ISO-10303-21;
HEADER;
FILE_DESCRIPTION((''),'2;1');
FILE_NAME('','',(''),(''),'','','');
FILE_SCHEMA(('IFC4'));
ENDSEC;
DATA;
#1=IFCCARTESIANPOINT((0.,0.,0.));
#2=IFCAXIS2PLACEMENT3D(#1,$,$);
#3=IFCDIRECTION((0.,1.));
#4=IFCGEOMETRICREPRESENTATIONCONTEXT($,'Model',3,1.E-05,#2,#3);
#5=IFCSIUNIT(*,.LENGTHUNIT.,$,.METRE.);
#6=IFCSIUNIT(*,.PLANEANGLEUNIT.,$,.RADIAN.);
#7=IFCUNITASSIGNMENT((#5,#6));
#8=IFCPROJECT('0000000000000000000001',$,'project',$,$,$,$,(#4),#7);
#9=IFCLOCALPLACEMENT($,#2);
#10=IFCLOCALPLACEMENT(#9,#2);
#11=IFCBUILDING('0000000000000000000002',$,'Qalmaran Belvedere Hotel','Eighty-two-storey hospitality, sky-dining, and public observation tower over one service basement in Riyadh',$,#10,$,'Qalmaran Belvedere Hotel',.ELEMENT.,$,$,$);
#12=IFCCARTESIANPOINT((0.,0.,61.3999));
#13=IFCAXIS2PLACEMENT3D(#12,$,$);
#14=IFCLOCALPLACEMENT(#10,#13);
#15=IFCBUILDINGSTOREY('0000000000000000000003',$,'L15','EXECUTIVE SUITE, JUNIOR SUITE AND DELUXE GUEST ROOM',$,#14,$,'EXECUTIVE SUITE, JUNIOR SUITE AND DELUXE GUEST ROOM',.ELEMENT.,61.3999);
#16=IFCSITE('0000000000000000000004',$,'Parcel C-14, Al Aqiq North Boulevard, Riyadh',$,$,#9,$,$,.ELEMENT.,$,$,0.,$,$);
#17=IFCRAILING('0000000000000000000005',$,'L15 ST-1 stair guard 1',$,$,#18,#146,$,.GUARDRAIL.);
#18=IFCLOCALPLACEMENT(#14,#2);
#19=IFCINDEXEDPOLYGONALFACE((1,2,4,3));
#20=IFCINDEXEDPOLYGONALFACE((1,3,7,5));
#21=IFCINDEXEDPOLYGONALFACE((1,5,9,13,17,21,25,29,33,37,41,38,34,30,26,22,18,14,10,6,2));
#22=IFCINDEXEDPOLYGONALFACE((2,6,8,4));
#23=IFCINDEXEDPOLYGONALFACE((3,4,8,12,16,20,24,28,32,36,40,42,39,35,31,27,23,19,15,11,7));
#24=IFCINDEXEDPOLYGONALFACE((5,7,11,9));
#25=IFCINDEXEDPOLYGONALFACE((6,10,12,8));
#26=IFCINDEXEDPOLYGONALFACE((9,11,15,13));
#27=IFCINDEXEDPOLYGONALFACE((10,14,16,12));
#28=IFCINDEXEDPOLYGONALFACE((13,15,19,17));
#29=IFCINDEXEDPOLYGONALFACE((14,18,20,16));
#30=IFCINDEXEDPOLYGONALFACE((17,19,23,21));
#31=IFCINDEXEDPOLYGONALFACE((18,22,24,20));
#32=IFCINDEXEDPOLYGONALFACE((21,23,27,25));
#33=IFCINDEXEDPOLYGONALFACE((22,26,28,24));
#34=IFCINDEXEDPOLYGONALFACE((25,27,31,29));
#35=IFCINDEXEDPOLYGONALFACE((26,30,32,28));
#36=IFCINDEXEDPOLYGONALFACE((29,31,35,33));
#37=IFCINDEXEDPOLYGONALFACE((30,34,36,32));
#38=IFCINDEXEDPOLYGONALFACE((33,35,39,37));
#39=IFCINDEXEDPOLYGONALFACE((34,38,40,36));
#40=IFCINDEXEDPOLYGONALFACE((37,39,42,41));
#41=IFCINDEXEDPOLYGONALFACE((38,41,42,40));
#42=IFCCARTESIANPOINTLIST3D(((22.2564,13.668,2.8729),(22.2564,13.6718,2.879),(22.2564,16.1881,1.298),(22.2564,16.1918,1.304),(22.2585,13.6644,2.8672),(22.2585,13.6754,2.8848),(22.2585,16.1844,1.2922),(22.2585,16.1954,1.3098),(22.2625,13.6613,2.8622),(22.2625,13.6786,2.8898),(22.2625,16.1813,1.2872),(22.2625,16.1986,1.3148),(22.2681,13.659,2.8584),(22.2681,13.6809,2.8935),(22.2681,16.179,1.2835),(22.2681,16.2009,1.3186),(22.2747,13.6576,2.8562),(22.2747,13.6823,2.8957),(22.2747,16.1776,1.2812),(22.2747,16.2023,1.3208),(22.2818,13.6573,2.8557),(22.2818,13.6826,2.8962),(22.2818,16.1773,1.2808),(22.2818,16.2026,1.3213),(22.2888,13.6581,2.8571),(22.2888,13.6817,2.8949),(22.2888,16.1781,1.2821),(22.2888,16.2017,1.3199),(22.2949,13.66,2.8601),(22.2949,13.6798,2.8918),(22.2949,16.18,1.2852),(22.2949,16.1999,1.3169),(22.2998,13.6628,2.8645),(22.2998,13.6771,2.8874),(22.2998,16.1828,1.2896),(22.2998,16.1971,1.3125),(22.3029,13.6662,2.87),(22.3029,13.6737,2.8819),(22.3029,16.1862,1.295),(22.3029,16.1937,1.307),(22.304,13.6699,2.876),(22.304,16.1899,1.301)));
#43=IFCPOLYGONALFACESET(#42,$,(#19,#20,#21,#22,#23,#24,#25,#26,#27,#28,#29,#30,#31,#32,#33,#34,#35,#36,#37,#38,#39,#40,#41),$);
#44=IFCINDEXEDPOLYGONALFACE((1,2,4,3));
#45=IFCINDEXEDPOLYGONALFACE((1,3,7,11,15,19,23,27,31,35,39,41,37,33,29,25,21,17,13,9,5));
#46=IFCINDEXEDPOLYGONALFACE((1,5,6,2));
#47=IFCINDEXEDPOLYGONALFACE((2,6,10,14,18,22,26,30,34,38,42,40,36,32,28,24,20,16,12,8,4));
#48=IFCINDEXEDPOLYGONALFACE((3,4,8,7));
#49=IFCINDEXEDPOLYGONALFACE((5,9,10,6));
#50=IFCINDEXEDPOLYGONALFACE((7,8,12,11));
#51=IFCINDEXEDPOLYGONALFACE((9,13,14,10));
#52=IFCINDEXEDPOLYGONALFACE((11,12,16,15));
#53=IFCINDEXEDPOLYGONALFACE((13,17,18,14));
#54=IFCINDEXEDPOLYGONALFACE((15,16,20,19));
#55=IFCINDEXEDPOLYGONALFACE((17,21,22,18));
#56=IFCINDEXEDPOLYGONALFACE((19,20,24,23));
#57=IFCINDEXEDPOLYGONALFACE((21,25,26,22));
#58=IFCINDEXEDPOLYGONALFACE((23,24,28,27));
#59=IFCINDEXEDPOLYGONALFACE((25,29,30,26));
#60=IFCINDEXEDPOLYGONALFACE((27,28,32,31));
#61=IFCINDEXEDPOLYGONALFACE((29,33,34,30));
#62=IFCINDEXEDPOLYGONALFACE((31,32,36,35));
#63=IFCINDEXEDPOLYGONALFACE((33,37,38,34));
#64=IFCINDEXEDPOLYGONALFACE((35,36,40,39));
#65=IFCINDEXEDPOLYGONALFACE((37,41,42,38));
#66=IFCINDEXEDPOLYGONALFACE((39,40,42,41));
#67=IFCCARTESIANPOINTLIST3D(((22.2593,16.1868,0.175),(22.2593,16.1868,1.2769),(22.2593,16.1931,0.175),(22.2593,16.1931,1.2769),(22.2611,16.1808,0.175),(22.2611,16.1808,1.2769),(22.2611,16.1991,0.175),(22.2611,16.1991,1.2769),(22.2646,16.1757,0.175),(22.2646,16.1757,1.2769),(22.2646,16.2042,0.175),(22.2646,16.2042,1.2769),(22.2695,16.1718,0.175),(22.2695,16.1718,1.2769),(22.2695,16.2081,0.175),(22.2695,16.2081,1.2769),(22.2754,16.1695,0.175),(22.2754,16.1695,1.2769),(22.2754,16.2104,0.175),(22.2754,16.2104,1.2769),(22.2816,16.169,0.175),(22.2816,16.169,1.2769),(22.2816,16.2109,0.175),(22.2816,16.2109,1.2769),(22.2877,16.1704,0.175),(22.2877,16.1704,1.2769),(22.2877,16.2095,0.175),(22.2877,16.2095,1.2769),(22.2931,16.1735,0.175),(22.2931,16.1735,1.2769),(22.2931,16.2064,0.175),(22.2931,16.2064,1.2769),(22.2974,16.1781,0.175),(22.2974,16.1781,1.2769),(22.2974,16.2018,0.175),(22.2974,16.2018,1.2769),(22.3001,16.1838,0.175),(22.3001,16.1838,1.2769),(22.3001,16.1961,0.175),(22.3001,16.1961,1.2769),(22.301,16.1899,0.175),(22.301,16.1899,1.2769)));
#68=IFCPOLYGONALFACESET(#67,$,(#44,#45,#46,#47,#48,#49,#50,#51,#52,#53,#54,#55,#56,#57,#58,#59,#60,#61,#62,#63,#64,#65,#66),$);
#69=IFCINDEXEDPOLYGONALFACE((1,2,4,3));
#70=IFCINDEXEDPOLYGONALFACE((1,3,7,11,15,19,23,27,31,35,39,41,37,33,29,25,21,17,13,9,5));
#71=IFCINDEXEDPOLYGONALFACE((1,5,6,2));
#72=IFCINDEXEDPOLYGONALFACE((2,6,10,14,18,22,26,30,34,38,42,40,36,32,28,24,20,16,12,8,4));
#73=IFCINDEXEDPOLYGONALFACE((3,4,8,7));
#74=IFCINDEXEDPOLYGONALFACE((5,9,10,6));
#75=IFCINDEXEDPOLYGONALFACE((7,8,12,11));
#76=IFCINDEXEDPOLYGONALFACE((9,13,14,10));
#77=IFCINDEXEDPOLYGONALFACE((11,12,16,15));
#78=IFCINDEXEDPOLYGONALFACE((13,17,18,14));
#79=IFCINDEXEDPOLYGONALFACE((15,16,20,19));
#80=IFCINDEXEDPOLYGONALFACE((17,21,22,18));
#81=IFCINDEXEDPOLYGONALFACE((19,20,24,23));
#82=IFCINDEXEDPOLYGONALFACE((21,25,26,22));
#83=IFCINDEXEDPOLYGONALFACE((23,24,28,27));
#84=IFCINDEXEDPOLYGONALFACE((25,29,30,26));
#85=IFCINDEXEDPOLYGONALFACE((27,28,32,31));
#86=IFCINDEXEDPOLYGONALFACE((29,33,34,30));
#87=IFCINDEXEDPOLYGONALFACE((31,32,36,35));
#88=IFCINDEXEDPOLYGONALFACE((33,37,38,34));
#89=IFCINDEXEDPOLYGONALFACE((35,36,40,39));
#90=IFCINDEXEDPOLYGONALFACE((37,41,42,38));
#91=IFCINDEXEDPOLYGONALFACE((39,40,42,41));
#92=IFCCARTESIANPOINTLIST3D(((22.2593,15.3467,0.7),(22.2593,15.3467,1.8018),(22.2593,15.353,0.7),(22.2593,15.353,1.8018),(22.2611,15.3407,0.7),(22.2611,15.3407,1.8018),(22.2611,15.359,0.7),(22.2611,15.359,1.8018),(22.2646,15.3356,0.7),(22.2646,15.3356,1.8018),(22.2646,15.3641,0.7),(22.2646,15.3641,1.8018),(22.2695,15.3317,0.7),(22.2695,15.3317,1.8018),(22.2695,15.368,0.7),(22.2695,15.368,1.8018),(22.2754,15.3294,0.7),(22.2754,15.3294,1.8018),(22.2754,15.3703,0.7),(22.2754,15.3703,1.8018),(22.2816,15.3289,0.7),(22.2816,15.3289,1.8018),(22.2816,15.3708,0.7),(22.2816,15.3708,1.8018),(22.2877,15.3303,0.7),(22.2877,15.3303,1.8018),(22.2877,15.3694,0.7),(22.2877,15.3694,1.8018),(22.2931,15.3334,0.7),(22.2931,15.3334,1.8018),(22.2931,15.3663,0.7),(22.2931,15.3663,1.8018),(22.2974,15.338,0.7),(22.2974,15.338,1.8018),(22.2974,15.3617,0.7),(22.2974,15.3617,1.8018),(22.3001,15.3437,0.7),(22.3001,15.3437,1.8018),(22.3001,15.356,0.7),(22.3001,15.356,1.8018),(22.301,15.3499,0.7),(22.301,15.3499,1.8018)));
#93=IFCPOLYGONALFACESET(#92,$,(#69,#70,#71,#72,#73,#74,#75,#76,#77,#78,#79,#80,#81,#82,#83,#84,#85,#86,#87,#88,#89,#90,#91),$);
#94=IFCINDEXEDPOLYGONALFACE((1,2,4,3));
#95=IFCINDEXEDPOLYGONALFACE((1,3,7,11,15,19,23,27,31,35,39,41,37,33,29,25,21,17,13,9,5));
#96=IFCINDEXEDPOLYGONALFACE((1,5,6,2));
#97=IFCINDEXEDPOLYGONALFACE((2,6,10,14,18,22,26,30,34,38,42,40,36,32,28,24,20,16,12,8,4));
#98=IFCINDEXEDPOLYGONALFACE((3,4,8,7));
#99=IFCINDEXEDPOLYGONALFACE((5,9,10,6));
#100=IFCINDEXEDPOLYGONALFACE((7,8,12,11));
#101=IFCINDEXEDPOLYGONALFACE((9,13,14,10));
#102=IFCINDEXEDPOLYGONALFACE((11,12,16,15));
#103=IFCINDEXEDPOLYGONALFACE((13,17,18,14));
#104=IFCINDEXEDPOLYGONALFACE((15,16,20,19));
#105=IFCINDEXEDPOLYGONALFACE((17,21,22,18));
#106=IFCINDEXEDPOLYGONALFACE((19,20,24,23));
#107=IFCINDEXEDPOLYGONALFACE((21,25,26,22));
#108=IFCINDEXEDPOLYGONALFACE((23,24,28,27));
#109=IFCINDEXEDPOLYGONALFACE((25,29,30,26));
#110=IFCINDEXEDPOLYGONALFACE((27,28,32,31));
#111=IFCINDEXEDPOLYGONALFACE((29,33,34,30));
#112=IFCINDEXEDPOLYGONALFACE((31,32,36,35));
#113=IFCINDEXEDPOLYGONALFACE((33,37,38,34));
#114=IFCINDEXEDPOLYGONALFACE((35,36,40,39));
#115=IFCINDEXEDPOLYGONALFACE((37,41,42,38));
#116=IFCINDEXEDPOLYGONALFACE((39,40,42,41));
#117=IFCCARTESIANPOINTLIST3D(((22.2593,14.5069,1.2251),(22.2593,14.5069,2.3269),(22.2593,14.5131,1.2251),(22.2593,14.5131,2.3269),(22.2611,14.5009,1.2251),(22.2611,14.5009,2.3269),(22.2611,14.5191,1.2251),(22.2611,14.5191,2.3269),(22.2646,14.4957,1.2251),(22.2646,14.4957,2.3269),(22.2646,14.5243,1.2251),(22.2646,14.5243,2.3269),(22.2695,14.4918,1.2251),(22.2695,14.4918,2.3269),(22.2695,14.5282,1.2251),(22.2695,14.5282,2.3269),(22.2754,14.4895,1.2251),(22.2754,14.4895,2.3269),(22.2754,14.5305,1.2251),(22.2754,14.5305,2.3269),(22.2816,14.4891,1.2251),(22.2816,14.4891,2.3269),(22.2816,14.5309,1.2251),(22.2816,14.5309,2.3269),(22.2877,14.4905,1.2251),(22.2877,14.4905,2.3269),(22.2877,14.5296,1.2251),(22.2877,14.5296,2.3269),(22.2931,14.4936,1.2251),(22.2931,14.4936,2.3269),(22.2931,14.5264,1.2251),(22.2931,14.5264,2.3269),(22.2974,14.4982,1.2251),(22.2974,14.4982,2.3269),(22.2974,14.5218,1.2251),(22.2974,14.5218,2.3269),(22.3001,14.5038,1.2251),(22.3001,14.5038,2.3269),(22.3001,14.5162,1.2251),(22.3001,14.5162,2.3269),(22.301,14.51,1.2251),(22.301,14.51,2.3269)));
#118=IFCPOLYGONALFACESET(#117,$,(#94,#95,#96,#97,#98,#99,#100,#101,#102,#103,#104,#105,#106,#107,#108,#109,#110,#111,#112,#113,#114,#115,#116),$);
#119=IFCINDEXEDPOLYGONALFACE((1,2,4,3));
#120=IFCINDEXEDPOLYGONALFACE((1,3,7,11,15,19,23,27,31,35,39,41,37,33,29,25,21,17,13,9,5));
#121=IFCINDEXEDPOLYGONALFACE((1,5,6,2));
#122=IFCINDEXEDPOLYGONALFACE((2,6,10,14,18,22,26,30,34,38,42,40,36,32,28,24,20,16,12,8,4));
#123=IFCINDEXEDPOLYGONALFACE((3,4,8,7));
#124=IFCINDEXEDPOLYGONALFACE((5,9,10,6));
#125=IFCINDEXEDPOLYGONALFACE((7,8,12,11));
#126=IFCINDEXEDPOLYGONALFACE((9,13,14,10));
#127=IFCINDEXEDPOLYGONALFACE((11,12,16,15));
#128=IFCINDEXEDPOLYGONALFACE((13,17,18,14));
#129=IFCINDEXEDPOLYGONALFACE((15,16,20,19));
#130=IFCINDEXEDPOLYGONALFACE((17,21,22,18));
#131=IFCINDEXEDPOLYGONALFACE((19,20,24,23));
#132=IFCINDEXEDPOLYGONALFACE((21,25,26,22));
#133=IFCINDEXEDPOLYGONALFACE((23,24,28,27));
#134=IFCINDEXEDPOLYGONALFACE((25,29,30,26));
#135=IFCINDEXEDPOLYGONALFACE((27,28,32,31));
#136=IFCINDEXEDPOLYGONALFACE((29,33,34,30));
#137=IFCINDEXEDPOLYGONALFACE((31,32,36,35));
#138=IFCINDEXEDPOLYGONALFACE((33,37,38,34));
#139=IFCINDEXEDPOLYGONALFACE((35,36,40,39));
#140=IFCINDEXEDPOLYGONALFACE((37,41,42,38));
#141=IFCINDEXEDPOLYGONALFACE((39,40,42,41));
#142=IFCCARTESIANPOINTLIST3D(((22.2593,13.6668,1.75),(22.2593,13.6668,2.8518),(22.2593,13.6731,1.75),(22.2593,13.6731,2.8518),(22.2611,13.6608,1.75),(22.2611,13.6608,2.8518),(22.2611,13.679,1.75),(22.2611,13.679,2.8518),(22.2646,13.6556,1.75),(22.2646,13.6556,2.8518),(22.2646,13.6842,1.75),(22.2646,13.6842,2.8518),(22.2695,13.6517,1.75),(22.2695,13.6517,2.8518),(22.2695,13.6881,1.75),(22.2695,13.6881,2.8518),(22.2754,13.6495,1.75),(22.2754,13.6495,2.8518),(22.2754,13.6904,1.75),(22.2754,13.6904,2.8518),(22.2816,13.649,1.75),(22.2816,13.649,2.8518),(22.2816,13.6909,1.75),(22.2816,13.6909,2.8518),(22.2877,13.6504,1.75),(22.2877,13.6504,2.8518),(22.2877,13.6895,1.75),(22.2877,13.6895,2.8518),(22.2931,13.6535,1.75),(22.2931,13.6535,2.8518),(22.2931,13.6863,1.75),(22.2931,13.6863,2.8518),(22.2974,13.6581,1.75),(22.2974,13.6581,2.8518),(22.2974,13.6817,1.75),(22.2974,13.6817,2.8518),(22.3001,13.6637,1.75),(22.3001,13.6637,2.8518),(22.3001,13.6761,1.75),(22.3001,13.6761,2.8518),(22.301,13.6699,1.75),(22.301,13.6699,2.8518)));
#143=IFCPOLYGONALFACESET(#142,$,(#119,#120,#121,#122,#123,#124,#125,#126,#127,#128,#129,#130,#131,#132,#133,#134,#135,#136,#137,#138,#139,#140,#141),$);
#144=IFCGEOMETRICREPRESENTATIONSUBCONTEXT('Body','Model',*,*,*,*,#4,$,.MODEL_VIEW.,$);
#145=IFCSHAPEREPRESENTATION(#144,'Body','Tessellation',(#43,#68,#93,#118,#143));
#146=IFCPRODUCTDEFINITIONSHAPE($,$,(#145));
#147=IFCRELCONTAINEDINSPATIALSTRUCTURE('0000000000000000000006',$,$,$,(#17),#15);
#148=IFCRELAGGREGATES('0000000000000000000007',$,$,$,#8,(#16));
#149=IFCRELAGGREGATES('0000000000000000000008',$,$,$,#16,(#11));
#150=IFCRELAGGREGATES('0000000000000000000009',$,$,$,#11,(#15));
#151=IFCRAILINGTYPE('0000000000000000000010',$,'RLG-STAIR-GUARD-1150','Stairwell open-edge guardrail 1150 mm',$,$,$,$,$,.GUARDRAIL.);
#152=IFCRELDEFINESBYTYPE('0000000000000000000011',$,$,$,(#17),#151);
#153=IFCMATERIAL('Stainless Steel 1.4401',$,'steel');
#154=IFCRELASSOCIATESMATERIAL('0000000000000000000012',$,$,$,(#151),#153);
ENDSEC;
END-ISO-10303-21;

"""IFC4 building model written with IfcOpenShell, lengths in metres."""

from ifc_helpers import new_model, si_unit, direction, frame, origin, origin_2d, place, context, subcontext, project, spatial, circle, extrude, material, type_object, element, save


model = new_model("IFC4")

# Units and contexts
model_context = context("Model", 3, precision=1e-05, world=origin(), true_north=direction((0.0, 1.0)))
body_context = subcontext(model_context, "Body", "Model", "MODEL_VIEW")
ifc_project = project(units=[si_unit("LENGTHUNIT", "METRE"), si_unit("PLANEANGLEUNIT", "RADIAN")], contexts=[model_context])

# Site, building, storey
site_placement = place(None, origin())
site = spatial("IfcSite", under=ifc_project, at=site_placement, Name="Parcel C-14, Al Aqiq North Boulevard, Riyadh", CompositionType="ELEMENT", RefElevation=0.0)
building_placement = place(site_placement, origin())
building = spatial("IfcBuilding", under=site, at=building_placement, Name="Qalmaran Belvedere Hotel", Description="Eighty-two-storey hospitality, sky-dining, and public observation tower over one service basement in Riyadh", LongName="Qalmaran Belvedere Hotel", CompositionType="ELEMENT")
storey_placement = place(building_placement, frame((0.0, 0.0, 61.3999)))
storey = spatial("IfcBuildingStorey", under=building, at=storey_placement, Name="L15", Description="EXECUTIVE SUITE, JUNIOR SUITE AND DELUXE GUEST ROOM", LongName="EXECUTIVE SUITE, JUNIOR SUITE AND DELUXE GUEST ROOM", CompositionType="ELEMENT", Elevation=61.3999)

# Shared definitions
ifc_material_1 = material(Name="Stainless Steel 1.4401", Category="steel")

# Railing
railing_type_1 = type_object("IfcRailingType", Name="RLG-STAIR-GUARD-1150", Description="Stairwell open-edge guardrail 1150 mm", PredefinedType="GUARDRAIL", material=ifc_material_1)
railing_1_placement = place(storey_placement, frame((22.28, 16.1899, 0.175)))
element("IfcRailing", 1, at=railing_1_placement, inside=storey, type_object=railing_type_1, Name="L15 ST-1 stair guard 1", PredefinedType="GUARDRAIL", context=body_context, shape_type="SweptSolid", body=[
    extrude(circle(Radius=0.0239, at=origin_2d()), frame((0.0, 0.0, 1.126), z_axis=(0.0, -0.848008, 0.529984), x_axis=(1.0, 0.0, 0.0)), (0.0, 0.0, 1.0), 2.9717),
    extrude(circle(Radius=0.021, at=origin_2d()), origin(), (0.0, 0.0, 1.0), 1.1018),
    extrude(circle(Radius=0.021, at=origin_2d()), frame((0.0, -0.8401, 0.5249)), (0.0, 0.0, 1.0), 1.1018),
    extrude(circle(Radius=0.021, at=origin_2d()), frame((0.0, -1.6799, 1.05)), (0.0, 0.0, 1.0), 1.1018),
    extrude(circle(Radius=0.021, at=origin_2d()), frame((0.0, -2.52, 1.575)), (0.0, 0.0, 1.0), 1.1018),
])

save(model, "model.ifc")
